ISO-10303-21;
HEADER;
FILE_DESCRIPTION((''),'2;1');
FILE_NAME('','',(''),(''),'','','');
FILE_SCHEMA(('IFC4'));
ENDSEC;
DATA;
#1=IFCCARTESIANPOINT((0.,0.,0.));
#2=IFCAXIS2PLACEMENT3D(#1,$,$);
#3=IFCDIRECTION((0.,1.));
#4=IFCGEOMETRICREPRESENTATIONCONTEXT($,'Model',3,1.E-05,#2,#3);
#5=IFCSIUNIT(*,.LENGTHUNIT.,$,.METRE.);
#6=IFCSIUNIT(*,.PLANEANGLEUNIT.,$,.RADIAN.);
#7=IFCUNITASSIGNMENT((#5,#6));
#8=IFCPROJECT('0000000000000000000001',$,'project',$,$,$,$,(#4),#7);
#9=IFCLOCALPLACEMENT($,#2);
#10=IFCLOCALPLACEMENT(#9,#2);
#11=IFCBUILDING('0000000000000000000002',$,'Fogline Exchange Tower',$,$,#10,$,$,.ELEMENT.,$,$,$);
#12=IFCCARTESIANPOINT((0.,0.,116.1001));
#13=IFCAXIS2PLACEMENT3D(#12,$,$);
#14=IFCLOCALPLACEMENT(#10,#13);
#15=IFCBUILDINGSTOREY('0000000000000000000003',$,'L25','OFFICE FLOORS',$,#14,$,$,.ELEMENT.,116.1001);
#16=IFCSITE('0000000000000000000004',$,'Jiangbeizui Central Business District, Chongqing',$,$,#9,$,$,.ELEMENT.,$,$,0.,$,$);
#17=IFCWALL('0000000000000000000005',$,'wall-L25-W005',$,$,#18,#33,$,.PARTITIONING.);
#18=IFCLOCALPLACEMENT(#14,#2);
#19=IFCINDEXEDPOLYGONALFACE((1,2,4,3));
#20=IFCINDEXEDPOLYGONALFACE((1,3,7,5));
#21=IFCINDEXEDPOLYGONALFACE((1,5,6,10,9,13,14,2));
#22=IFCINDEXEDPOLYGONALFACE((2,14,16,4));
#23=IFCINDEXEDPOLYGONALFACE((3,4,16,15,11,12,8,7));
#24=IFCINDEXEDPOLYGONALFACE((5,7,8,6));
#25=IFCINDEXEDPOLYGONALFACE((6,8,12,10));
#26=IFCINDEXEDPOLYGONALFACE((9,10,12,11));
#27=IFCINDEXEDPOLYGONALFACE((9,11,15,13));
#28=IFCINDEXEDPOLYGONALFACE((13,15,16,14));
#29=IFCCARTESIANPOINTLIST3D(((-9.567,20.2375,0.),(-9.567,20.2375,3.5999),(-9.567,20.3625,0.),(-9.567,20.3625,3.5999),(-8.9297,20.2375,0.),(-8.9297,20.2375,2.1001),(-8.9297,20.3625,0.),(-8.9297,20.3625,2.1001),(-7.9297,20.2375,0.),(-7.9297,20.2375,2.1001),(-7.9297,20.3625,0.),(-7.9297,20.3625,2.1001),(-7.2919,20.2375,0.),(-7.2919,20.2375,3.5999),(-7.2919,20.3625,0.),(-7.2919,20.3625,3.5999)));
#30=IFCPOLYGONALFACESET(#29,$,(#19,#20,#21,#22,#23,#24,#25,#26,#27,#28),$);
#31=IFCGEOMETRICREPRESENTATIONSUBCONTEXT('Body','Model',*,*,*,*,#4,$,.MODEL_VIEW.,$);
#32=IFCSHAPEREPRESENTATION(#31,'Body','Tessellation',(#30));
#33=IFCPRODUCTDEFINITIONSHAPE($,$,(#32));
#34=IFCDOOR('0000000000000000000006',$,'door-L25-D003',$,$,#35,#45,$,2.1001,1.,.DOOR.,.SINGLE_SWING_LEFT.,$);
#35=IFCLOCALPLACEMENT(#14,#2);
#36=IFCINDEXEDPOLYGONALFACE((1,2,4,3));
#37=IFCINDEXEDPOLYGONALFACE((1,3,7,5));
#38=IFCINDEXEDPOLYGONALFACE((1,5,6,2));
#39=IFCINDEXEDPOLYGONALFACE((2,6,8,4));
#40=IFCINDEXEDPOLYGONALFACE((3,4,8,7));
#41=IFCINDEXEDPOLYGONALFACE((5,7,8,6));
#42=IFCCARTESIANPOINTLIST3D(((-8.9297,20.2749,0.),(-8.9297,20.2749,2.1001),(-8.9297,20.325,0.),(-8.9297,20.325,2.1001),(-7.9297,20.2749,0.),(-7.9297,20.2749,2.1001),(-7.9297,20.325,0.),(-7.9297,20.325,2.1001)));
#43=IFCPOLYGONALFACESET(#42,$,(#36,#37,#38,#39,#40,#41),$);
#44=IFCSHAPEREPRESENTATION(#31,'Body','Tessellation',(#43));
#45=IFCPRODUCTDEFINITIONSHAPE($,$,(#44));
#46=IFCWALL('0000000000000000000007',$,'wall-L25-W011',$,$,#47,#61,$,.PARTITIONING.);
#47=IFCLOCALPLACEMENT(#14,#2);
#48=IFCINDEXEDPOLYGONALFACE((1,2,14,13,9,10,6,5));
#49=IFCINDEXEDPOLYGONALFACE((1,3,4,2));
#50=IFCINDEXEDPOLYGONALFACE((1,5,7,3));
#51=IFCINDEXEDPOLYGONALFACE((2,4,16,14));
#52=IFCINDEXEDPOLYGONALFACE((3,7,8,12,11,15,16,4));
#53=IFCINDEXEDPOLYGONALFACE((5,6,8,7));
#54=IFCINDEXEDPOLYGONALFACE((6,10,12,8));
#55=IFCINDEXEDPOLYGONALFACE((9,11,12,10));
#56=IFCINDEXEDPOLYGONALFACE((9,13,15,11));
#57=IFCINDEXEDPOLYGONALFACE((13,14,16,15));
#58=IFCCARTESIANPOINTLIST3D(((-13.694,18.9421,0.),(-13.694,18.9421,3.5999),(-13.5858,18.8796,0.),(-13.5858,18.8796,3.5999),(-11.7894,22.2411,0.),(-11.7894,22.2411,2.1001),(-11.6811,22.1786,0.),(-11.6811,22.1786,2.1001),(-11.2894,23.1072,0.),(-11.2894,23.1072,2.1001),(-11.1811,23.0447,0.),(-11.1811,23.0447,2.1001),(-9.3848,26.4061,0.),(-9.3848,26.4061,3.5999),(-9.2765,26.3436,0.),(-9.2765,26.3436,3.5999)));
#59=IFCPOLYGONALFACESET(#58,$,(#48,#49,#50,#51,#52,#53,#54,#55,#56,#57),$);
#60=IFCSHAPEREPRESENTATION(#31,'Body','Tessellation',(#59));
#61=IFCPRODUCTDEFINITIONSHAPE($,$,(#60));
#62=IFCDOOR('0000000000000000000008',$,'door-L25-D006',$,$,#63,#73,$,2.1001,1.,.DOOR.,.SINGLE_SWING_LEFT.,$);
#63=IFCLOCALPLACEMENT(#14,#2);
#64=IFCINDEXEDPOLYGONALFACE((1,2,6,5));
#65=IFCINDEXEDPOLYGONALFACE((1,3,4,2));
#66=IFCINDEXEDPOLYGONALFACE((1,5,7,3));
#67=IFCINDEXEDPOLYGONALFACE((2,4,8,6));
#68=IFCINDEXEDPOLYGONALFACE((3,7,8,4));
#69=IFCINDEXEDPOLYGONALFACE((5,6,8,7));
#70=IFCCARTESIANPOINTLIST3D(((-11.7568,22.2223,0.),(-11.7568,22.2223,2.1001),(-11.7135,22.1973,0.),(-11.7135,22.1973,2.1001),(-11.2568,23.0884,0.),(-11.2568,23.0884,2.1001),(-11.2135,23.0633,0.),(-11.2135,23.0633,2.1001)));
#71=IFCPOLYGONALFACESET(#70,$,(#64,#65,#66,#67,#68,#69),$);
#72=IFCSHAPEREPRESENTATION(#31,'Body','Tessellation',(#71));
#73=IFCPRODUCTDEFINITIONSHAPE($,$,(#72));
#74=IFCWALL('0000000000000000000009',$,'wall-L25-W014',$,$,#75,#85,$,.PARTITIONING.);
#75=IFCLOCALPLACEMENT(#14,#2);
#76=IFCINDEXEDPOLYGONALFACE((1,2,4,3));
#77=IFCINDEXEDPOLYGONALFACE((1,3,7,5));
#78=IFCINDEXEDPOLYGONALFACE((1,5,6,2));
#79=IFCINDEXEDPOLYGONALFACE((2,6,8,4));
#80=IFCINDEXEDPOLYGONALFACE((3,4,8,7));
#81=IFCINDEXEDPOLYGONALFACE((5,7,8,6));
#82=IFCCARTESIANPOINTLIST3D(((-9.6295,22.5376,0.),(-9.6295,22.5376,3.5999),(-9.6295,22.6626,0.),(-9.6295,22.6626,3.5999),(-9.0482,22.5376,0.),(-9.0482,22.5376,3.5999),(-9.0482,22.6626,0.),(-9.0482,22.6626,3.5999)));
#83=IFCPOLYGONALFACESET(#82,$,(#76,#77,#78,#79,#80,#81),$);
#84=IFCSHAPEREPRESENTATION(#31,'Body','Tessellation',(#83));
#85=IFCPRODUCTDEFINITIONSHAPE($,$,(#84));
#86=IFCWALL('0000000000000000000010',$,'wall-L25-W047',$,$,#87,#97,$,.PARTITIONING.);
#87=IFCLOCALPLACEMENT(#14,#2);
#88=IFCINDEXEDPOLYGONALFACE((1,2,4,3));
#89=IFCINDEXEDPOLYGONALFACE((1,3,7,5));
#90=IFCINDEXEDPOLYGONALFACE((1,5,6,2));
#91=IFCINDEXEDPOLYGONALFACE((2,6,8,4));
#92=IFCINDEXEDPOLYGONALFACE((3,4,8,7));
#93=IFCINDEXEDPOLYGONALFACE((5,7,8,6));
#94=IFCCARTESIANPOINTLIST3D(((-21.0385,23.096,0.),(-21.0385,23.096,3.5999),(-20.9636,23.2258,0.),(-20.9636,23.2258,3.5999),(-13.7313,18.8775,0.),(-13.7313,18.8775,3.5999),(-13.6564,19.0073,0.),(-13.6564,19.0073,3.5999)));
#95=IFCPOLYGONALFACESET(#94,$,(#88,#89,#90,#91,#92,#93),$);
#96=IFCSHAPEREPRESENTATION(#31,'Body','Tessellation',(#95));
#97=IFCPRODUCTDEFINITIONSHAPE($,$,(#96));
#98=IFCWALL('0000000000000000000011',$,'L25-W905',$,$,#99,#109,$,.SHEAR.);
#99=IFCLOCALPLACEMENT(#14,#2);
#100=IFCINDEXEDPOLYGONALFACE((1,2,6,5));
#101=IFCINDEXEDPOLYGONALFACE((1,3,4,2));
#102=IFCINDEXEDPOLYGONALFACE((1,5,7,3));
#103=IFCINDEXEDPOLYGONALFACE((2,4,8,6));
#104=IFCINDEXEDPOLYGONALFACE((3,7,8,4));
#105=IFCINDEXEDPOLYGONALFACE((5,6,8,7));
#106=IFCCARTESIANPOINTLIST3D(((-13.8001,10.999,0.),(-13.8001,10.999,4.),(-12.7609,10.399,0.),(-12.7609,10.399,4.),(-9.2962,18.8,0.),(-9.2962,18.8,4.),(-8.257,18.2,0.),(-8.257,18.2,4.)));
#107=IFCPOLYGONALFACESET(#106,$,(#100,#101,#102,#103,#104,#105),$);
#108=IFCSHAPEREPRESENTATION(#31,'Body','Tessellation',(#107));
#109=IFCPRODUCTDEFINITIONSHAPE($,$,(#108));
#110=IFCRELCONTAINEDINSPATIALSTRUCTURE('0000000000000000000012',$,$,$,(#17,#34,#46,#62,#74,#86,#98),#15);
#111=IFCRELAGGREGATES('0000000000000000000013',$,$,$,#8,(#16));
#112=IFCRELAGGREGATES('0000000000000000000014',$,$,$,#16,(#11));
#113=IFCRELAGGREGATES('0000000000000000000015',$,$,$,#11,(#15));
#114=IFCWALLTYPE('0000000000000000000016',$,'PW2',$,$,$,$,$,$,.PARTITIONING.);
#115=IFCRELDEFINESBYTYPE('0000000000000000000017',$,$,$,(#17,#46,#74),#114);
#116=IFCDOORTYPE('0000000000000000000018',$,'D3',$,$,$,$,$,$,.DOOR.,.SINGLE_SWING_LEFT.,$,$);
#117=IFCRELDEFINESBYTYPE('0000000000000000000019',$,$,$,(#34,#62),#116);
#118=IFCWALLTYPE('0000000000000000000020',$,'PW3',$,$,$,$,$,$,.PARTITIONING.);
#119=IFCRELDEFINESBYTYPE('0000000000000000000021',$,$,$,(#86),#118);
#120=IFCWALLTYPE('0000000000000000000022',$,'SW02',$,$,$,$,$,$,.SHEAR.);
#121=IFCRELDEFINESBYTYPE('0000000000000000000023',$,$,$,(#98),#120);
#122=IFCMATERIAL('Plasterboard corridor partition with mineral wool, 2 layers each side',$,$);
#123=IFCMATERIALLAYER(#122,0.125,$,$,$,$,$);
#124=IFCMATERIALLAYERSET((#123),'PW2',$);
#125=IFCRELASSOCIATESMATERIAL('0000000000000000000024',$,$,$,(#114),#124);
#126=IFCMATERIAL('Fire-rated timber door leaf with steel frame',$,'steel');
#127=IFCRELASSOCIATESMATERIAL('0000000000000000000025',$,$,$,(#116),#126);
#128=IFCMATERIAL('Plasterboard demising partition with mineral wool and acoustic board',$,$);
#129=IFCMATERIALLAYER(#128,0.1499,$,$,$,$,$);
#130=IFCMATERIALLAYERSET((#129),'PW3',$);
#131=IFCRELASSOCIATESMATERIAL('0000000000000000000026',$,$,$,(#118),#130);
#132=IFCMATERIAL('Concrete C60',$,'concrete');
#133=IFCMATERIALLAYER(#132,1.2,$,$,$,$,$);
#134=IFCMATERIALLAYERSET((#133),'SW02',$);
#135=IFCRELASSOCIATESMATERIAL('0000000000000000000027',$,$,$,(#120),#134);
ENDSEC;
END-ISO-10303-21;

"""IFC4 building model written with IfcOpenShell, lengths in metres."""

from ifc_helpers import new_model, si_unit, direction, frame, frame_2d, origin, place, context, subcontext, project, spatial, rectangle, extrude, material, layer, layer_set, type_object, element, fill, save


model = new_model("IFC4")

# Units and contexts
model_context = context("Model", 3, precision=1e-05, world=origin(), true_north=direction((0.0, 1.0)))
body_context = subcontext(model_context, "Body", "Model", "MODEL_VIEW")
ifc_project = project(units=[si_unit("LENGTHUNIT", "METRE"), si_unit("PLANEANGLEUNIT", "RADIAN")], contexts=[model_context])

# Site, building, storey
site_placement = place(None, origin())
site = spatial("IfcSite", under=ifc_project, at=site_placement, Name="Jiangbeizui Central Business District, Chongqing", CompositionType="ELEMENT", RefElevation=0.0)
building_placement = place(site_placement, origin())
building = spatial("IfcBuilding", under=site, at=building_placement, Name="Fogline Exchange Tower", CompositionType="ELEMENT")
storey_placement = place(building_placement, frame((0.0, 0.0, 116.1001)))
storey = spatial("IfcBuildingStorey", under=building, at=storey_placement, Name="L25", Description="OFFICE FLOORS", CompositionType="ELEMENT", Elevation=116.1001)

# Shared definitions
ifc_material_1 = material(Name="Plasterboard corridor partition with mineral wool, 2 layers each side")
ifc_layer_1 = layer(ifc_material_1, 0.125)
ifc_layer_set_1 = layer_set([ifc_layer_1], Name="PW2")
wall_type_1 = type_object("IfcWallType", Name="PW2", PredefinedType="PARTITIONING", material=ifc_layer_set_1)

# Walls, openings, doors
wall_1_placement = place(storey_placement, frame((-9.5671, 20.3, 0.0), z_axis=(0.0, 0.0, 1.0), x_axis=(1.0, 0.0, 0.0)))
wall_1 = element("IfcWall", 1, at=wall_1_placement, inside=storey, type_object=wall_type_1, Name="wall-L25-W005", PredefinedType="PARTITIONING", context=body_context, shape_type="SweptSolid", body=[
    extrude(rectangle(XDim=2.2751, YDim=0.125, at=frame_2d((1.1377, 0.0))), origin(), (0.0, 0.0, 1.0), 3.5999),
])
opening_1_placement = place(wall_1_placement, frame((0.6375, 0.0, 0.0)))
opening_1 = element("IfcOpeningElement", 2, at=opening_1_placement, cuts=wall_1, PredefinedType="OPENING", context=body_context, shape_type="SweptSolid", body=[
    extrude(rectangle(XDim=1.0, YDim=2.1001, at=frame_2d((0.5, 1.05))), frame((0.0, 0.0725, 0.0), z_axis=(0.0, -1.0, 0.0), x_axis=(1.0, 0.0, 0.0)), (0.0, 0.0, 1.0), 0.145),
])
ifc_material_2 = material(Name="Fire-rated timber door leaf with steel frame", Category="steel")
door_type_1 = type_object("IfcDoorType", Name="D3", OperationType="SINGLE_SWING_LEFT", PredefinedType="DOOR", material=ifc_material_2)
door_1_placement = place(opening_1_placement, origin())
door_1 = element("IfcDoor", 3, at=door_1_placement, inside=storey, type_object=door_type_1, Name="door-L25-D003", OperationType="SINGLE_SWING_LEFT", OverallHeight=2.1001, OverallWidth=1.0, PredefinedType="DOOR", context=body_context, shape_type="SweptSolid", body=[
    extrude(rectangle(XDim=1.0, YDim=2.1001, at=frame_2d((0.5, 1.05))), frame((0.0, 0.0249, 0.0), z_axis=(0.0, -1.0, 0.0), x_axis=(1.0, 0.0, 0.0)), (0.0, 0.0, 1.0), 0.05),
])
fill(opening_1, door_1)
wall_2_placement = place(storey_placement, frame((-13.6399, 18.9109, 0.0), z_axis=(0.0, 0.0, 1.0), x_axis=(0.499993, 0.866029, 0.0)))
wall_2 = element("IfcWall", 4, at=wall_2_placement, inside=storey, type_object=wall_type_1, Name="wall-L25-W011", PredefinedType="PARTITIONING", context=body_context, shape_type="SweptSolid", body=[
    extrude(rectangle(XDim=8.6187, YDim=0.125, at=frame_2d((4.3093, 0.0))), origin(), (0.0, 0.0, 1.0), 3.5999),
])
opening_2_placement = place(wall_2_placement, frame((3.8093, 0.0, 0.0)))
opening_2 = element("IfcOpeningElement", 5, at=opening_2_placement, cuts=wall_2, PredefinedType="OPENING", context=body_context, shape_type="SweptSolid", body=[
    extrude(rectangle(XDim=1.0, YDim=2.1001, at=frame_2d((0.5, 1.05))), frame((0.0, 0.0725, 0.0), z_axis=(0.0, -1.0, 0.0), x_axis=(1.0, 0.0, 0.0)), (0.0, 0.0, 1.0), 0.145),
])
door_2_placement = place(opening_2_placement, origin())
door_2 = element("IfcDoor", 6, at=door_2_placement, inside=storey, type_object=door_type_1, Name="door-L25-D006", OperationType="SINGLE_SWING_LEFT", OverallHeight=2.1001, OverallWidth=1.0, PredefinedType="DOOR", context=body_context, shape_type="SweptSolid", body=[
    extrude(rectangle(XDim=1.0, YDim=2.1001, at=frame_2d((0.5, 1.05))), frame((0.0, 0.0249, 0.0), z_axis=(0.0, -1.0, 0.0), x_axis=(1.0, 0.0, 0.0)), (0.0, 0.0, 1.0), 0.05),
])
fill(opening_2, door_2)

# Walls
wall_3_placement = place(storey_placement, frame((-9.0483, 22.6001, 0.0), z_axis=(0.0, 0.0, 1.0), x_axis=(-1.0, 0.0, 0.0)))
element("IfcWall", 7, at=wall_3_placement, inside=storey, type_object=wall_type_1, Name="wall-L25-W014", PredefinedType="PARTITIONING", context=body_context, shape_type="SweptSolid", body=[
    extrude(rectangle(XDim=0.5813, YDim=0.125, at=frame_2d((0.2905, 0.0))), origin(), (0.0, 0.0, 1.0), 3.5999),
])
ifc_material_3 = material(Name="Plasterboard demising partition with mineral wool and acoustic board")
ifc_layer_2 = layer(ifc_material_3, 0.1499)
ifc_layer_set_2 = layer_set([ifc_layer_2], Name="PW3")
wall_type_2 = type_object("IfcWallType", Name="PW3", PredefinedType="PARTITIONING", material=ifc_layer_set_2)
wall_4_placement = place(storey_placement, frame((-13.6938, 18.9424, 0.0), z_axis=(0.0, 0.0, 1.0), x_axis=(-0.866039, 0.499976, 0.0)))
element("IfcWall", 8, at=wall_4_placement, inside=storey, type_object=wall_type_2, Name="wall-L25-W047", PredefinedType="PARTITIONING", context=body_context, shape_type="SweptSolid", body=[
    extrude(rectangle(XDim=8.4375, YDim=0.1499, at=frame_2d((4.2188, 0.0))), origin(), (0.0, 0.0, 1.0), 3.5999),
])
ifc_material_4 = material(Name="Concrete C60", Category="concrete")
ifc_layer_3 = layer(ifc_material_4, 1.2)
ifc_layer_set_3 = layer_set([ifc_layer_3], Name="SW02")
wall_type_3 = type_object("IfcWallType", Name="SW02", PredefinedType="SHEAR", material=ifc_layer_set_3)
wall_5_placement = place(storey_placement, frame((-8.7766, 18.5, 0.0), z_axis=(0.0, 0.0, 1.0), x_axis=(-0.499999, -0.866026, 0.0)))
element("IfcWall", 9, at=wall_5_placement, inside=storey, type_object=wall_type_3, Name="L25-W905", PredefinedType="SHEAR", context=body_context, shape_type="SweptSolid", body=[
    extrude(rectangle(XDim=9.0078, YDim=1.2, at=frame_2d((4.5039, 0.0))), origin(), (0.0, 0.0, 1.0), 4.0),
])

save(model, "model.ifc")
